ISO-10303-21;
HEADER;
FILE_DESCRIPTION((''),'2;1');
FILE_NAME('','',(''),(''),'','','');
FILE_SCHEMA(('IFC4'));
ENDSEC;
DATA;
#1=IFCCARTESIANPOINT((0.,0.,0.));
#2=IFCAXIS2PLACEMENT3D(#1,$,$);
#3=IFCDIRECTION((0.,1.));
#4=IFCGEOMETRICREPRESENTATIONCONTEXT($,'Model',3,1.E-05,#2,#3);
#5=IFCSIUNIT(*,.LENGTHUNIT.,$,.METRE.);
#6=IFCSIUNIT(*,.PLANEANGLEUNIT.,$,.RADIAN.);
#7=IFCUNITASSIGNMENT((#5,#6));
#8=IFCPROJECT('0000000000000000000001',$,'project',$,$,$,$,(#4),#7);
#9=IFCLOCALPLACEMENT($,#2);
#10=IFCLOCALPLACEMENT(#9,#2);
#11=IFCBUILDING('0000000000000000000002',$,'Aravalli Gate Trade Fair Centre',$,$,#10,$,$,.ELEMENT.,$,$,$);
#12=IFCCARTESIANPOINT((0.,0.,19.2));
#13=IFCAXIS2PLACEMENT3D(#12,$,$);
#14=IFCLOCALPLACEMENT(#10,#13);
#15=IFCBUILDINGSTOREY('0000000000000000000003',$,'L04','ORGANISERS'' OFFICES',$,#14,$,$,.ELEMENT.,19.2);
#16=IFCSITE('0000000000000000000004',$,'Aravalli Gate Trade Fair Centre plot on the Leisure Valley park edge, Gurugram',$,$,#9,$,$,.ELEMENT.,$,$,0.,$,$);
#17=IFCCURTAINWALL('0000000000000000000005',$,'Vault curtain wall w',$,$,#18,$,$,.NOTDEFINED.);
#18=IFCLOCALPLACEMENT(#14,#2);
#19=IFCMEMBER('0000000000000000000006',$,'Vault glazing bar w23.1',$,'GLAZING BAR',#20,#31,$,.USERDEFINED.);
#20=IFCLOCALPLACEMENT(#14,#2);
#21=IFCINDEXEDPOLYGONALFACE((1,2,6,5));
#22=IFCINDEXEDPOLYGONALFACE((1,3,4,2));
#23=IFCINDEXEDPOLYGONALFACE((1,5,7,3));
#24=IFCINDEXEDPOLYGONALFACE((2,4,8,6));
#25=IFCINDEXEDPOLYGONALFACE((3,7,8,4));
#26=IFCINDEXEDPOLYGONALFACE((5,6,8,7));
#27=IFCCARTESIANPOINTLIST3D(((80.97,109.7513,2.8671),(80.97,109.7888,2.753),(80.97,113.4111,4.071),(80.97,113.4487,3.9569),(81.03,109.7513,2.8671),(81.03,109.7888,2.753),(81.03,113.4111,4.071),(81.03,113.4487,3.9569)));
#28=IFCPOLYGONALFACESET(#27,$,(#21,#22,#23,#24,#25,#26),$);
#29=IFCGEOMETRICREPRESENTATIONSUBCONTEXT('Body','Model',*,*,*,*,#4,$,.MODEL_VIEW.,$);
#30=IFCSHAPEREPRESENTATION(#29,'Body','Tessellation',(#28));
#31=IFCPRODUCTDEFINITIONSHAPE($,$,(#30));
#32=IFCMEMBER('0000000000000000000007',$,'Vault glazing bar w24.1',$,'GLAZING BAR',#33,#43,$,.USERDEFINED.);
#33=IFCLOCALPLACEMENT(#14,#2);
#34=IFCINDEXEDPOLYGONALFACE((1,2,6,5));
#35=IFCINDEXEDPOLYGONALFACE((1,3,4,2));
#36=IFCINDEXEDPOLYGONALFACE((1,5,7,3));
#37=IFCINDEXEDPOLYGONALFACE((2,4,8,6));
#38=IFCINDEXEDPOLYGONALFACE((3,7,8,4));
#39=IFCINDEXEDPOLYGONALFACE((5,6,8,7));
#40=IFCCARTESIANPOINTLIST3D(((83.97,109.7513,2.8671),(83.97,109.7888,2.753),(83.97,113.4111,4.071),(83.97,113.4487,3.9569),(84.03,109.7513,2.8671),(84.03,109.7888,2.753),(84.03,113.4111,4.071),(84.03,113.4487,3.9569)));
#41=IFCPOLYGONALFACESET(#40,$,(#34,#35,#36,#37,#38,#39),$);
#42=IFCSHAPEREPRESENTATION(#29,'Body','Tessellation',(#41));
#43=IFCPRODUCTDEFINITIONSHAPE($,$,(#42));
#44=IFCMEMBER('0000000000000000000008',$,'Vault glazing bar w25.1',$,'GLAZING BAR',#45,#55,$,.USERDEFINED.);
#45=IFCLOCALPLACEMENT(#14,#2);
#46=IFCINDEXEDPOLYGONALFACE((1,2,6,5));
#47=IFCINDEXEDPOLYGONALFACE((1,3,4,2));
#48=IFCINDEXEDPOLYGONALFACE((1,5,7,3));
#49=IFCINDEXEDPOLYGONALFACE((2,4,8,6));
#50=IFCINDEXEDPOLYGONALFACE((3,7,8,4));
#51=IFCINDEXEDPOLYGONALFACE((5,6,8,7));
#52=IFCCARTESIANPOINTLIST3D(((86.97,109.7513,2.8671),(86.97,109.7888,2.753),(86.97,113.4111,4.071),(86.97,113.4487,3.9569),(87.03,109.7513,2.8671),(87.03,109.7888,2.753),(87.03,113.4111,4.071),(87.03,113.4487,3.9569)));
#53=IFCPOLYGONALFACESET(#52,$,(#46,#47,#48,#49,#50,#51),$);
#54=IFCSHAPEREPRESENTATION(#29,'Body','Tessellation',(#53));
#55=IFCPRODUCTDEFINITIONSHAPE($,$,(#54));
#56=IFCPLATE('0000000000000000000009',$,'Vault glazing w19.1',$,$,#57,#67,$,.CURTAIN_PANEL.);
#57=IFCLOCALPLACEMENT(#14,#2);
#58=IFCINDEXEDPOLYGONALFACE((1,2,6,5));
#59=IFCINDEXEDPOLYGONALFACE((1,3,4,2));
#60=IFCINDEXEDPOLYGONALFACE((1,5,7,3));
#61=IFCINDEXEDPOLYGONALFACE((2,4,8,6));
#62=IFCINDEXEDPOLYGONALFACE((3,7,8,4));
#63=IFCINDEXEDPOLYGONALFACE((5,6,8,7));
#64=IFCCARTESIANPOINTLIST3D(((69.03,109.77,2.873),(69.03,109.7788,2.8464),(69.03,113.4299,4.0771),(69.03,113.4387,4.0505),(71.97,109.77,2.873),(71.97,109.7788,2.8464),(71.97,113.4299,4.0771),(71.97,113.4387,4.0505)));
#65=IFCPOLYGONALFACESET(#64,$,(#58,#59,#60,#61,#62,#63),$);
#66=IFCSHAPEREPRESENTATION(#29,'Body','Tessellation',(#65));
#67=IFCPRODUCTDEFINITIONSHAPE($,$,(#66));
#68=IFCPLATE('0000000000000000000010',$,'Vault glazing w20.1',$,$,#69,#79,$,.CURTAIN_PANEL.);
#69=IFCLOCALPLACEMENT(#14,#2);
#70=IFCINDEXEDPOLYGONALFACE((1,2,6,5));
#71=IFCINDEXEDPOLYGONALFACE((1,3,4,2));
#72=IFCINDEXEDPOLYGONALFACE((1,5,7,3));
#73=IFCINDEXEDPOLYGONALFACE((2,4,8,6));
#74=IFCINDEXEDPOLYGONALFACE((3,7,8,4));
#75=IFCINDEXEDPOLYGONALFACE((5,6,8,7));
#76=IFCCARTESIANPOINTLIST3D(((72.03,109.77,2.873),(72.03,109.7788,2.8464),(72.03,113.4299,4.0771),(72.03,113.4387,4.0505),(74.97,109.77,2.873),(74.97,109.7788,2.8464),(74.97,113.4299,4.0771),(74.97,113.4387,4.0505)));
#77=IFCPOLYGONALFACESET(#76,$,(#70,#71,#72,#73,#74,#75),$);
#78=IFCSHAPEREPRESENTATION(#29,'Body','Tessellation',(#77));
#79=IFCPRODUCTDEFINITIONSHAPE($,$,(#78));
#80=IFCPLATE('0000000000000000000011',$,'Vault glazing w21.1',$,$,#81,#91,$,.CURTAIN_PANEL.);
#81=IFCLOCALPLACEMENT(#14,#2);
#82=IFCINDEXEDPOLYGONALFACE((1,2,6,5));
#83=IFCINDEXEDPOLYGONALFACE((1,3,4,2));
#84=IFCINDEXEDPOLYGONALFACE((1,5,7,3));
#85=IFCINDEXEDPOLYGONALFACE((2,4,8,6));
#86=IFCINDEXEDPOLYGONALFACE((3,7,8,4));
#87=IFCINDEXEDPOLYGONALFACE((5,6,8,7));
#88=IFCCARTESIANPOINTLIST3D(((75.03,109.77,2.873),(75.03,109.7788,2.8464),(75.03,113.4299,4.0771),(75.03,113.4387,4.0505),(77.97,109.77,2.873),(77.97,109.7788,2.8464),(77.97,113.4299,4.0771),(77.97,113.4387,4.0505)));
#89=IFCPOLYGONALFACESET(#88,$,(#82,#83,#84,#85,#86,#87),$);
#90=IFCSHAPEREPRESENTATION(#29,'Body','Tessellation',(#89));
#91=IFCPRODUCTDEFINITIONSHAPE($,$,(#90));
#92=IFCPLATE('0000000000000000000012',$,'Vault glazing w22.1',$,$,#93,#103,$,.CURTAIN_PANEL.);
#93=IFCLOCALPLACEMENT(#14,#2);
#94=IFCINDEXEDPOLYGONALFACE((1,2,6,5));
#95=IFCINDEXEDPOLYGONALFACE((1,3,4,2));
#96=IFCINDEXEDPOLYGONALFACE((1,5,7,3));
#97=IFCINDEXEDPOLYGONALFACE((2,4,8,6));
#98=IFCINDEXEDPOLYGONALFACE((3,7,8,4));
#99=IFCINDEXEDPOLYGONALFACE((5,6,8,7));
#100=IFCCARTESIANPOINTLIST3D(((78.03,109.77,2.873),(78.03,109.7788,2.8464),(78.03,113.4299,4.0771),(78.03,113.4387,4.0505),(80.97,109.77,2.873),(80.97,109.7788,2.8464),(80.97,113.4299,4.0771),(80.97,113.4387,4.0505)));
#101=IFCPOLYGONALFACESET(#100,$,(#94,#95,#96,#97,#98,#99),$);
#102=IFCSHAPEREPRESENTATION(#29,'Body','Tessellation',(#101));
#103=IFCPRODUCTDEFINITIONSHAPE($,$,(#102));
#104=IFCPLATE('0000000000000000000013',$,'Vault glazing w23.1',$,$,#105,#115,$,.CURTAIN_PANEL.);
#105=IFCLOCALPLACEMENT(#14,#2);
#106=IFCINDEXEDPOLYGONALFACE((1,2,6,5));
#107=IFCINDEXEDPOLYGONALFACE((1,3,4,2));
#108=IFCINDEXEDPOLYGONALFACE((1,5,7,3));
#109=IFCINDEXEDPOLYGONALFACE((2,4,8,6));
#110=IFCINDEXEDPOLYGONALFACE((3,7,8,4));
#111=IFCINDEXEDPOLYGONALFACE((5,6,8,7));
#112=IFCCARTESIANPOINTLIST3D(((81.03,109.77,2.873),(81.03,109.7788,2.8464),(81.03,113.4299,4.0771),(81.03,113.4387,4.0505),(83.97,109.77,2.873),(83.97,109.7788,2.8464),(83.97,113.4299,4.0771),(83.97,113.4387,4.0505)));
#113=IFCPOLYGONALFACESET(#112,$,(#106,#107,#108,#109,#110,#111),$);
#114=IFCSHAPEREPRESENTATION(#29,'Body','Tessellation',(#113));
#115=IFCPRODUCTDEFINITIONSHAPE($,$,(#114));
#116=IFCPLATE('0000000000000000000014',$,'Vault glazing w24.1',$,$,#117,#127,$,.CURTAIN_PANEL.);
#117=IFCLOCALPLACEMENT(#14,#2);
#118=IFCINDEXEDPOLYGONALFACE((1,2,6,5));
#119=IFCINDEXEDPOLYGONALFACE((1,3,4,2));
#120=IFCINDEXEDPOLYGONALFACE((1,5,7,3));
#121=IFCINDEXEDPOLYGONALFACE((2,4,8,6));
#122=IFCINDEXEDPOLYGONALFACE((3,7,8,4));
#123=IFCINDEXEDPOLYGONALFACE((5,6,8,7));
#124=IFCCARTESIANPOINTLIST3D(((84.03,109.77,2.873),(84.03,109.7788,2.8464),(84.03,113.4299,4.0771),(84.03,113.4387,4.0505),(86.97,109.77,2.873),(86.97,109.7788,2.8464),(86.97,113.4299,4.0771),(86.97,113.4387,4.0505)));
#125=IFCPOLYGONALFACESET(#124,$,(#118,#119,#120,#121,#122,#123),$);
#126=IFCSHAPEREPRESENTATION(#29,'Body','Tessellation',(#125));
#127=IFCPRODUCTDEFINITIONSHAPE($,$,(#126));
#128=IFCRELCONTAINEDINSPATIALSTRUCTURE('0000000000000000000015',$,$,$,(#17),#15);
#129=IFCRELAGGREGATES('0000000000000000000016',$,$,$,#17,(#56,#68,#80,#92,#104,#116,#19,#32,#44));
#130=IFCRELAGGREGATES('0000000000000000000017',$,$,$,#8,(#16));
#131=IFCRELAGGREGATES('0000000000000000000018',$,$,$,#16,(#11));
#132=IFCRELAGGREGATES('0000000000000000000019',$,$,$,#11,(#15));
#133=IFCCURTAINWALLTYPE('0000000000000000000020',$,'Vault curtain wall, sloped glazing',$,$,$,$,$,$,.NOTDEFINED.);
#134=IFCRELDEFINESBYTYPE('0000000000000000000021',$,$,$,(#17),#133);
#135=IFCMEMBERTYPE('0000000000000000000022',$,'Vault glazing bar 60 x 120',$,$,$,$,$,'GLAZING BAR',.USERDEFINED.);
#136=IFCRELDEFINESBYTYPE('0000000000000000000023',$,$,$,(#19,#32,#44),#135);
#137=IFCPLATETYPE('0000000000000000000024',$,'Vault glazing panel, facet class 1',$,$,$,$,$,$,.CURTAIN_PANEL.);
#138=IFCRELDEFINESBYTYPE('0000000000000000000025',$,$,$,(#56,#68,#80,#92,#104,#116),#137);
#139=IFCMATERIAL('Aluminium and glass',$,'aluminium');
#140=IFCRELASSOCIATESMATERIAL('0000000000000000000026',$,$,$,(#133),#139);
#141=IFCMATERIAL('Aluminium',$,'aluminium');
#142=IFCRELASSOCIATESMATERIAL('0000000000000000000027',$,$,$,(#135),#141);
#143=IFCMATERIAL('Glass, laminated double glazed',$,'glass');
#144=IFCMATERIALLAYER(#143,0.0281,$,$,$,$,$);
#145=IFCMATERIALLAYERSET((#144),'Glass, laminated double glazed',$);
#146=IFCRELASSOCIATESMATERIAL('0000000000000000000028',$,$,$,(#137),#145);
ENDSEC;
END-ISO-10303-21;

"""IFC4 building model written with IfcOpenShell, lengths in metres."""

from ifc_helpers import new_model, si_unit, direction, frame, origin, origin_2d, place, context, subcontext, project, spatial, polyline, rectangle, outline, extrude, material, layer, layer_set, material_profile, profile_set, type_object, element, aggregate, save


model = new_model("IFC4")

# Units and contexts
model_context = context("Model", 3, precision=1e-05, world=origin(), true_north=direction((0.0, 1.0)))
body_context = subcontext(model_context, "Body", "Model", "MODEL_VIEW")
ifc_project = project(units=[si_unit("LENGTHUNIT", "METRE"), si_unit("PLANEANGLEUNIT", "RADIAN")], contexts=[model_context])

# Site, building, storey
site_placement = place(None, origin())
site = spatial("IfcSite", under=ifc_project, at=site_placement, Name="Aravalli Gate Trade Fair Centre plot on the Leisure Valley park edge, Gurugram", CompositionType="ELEMENT", RefElevation=0.0)
building_placement = place(site_placement, origin())
building = spatial("IfcBuilding", under=site, at=building_placement, Name="Aravalli Gate Trade Fair Centre", CompositionType="ELEMENT")
storey_placement = place(building_placement, frame((0.0, 0.0, 19.2)))
storey = spatial("IfcBuildingStorey", under=building, at=storey_placement, Name="L04", Description="ORGANISERS' OFFICES", CompositionType="ELEMENT", Elevation=19.2)

# Shared definitions
ifc_material_1 = material(Name="Aluminium", Category="aluminium")

# Curtain wall, members, plates
ifc_material_2 = material(Name="Aluminium and glass", Category="aluminium")
curtain_wall_type = type_object("IfcCurtainWallType", Name="Vault curtain wall, sloped glazing", PredefinedType="NOTDEFINED", material=ifc_material_2)
curtain_wall_placement = place(storey_placement, origin())
curtain_wall = element("IfcCurtainWall", 1, at=curtain_wall_placement, inside=storey, type_object=curtain_wall_type, Name="Vault curtain wall w", PredefinedType="NOTDEFINED")
ifc_material_profile_1 = material_profile(ifc_material_1, rectangle(XDim=0.0601, YDim=0.1201, at=origin_2d()), Name="Vault glazing bar 60 x 120")
ifc_profile_set_1 = profile_set([ifc_material_profile_1], Name="Aluminium")
member_type_1 = type_object("IfcMemberType", Name="Vault glazing bar 60 x 120", ElementType="GLAZING BAR", PredefinedType="USERDEFINED", material=ifc_profile_set_1)
member_1_placement = place(storey_placement, frame((81.0, 109.77, 2.8101), z_axis=(0.0, 0.94993, 0.312461), x_axis=(-1.0, 0.0, 0.0)))
member_1 = element("IfcMember", 2, at=member_1_placement, type_object=member_type_1, Name="Vault glazing bar w23.1", ObjectType="GLAZING BAR", PredefinedType="USERDEFINED", context=body_context, shape_type="SweptSolid", body=[
    extrude(rectangle(XDim=0.0601, YDim=0.1201, at=origin_2d()), origin(), (0.0, 0.0, 1.0), 3.8528),
])
member_2_placement = place(storey_placement, frame((84.0, 109.77, 2.8101), z_axis=(0.0, 0.94993, 0.312461), x_axis=(-1.0, 0.0, 0.0)))
member_2 = element("IfcMember", 3, at=member_2_placement, type_object=member_type_1, Name="Vault glazing bar w24.1", ObjectType="GLAZING BAR", PredefinedType="USERDEFINED", context=body_context, shape_type="SweptSolid", body=[
    extrude(rectangle(XDim=0.0601, YDim=0.1201, at=origin_2d()), origin(), (0.0, 0.0, 1.0), 3.8528),
])
member_3_placement = place(storey_placement, frame((87.0, 109.77, 2.8101), z_axis=(0.0, 0.94993, 0.312461), x_axis=(-1.0, 0.0, 0.0)))
member_3 = element("IfcMember", 4, at=member_3_placement, type_object=member_type_1, Name="Vault glazing bar w25.1", ObjectType="GLAZING BAR", PredefinedType="USERDEFINED", context=body_context, shape_type="SweptSolid", body=[
    extrude(rectangle(XDim=0.0601, YDim=0.1201, at=origin_2d()), origin(), (0.0, 0.0, 1.0), 3.8528),
])
ifc_material_3 = material(Name="Glass, laminated double glazed", Category="glass")
ifc_layer = layer(ifc_material_3, 0.0281)
ifc_layer_set = layer_set([ifc_layer], Name="Glass, laminated double glazed")
plate_type = type_object("IfcPlateType", Name="Vault glazing panel, facet class 1", PredefinedType="CURTAIN_PANEL", material=ifc_layer_set)
plate_1_placement = place(storey_placement, frame((69.03, 109.77, 2.873), z_axis=(0.0, -0.312518, 0.949912), x_axis=(1.0, 0.0, 0.0)))
plate_1 = element("IfcPlate", 5, at=plate_1_placement, type_object=plate_type, Name="Vault glazing w19.1", PredefinedType="CURTAIN_PANEL", context=body_context, shape_type="SweptSolid", body=[
    extrude(outline(polyline([(0.0, 0.0), (2.9399, 0.0), (2.9399, 3.8529), (0.0, 3.8529), (0.0, 0.0)])), origin(), (0.0, 0.0, -1.0), 0.0281),
])
plate_2_placement = place(storey_placement, frame((72.03, 109.77, 2.873), z_axis=(0.0, -0.312518, 0.949912), x_axis=(1.0, 0.0, 0.0)))
plate_2 = element("IfcPlate", 6, at=plate_2_placement, type_object=plate_type, Name="Vault glazing w20.1", PredefinedType="CURTAIN_PANEL", context=body_context, shape_type="SweptSolid", body=[
    extrude(outline(polyline([(0.0, 0.0), (2.9399, 0.0), (2.9399, 3.8529), (0.0, 3.8529), (0.0, 0.0)])), origin(), (0.0, 0.0, -1.0), 0.0281),
])
plate_3_placement = place(storey_placement, frame((75.03, 109.77, 2.873), z_axis=(0.0, -0.312518, 0.949912), x_axis=(1.0, 0.0, 0.0)))
plate_3 = element("IfcPlate", 7, at=plate_3_placement, type_object=plate_type, Name="Vault glazing w21.1", PredefinedType="CURTAIN_PANEL", context=body_context, shape_type="SweptSolid", body=[
    extrude(outline(polyline([(0.0, 0.0), (2.9399, 0.0), (2.9399, 3.8529), (0.0, 3.8529), (0.0, 0.0)])), origin(), (0.0, 0.0, -1.0), 0.0281),
])
plate_4_placement = place(storey_placement, frame((78.03, 109.77, 2.873), z_axis=(0.0, -0.312518, 0.949912), x_axis=(1.0, 0.0, 0.0)))
plate_4 = element("IfcPlate", 8, at=plate_4_placement, type_object=plate_type, Name="Vault glazing w22.1", PredefinedType="CURTAIN_PANEL", context=body_context, shape_type="SweptSolid", body=[
    extrude(outline(polyline([(0.0, 0.0), (2.9399, 0.0), (2.9399, 3.8529), (0.0, 3.8529), (0.0, 0.0)])), origin(), (0.0, 0.0, -1.0), 0.0281),
])
plate_5_placement = place(storey_placement, frame((81.03, 109.77, 2.873), z_axis=(0.0, -0.312518, 0.949912), x_axis=(1.0, 0.0, 0.0)))
plate_5 = element("IfcPlate", 9, at=plate_5_placement, type_object=plate_type, Name="Vault glazing w23.1", PredefinedType="CURTAIN_PANEL", context=body_context, shape_type="SweptSolid", body=[
    extrude(outline(polyline([(0.0, 0.0), (2.9399, 0.0), (2.9399, 3.8529), (0.0, 3.8529), (0.0, 0.0)])), origin(), (0.0, 0.0, -1.0), 0.0281),
])
plate_6_placement = place(storey_placement, frame((84.03, 109.77, 2.873), z_axis=(0.0, -0.312518, 0.949912), x_axis=(1.0, 0.0, 0.0)))
plate_6 = element("IfcPlate", 10, at=plate_6_placement, type_object=plate_type, Name="Vault glazing w24.1", PredefinedType="CURTAIN_PANEL", context=body_context, shape_type="SweptSolid", body=[
    extrude(outline(polyline([(0.0, 0.0), (2.9399, 0.0), (2.9399, 3.8529), (0.0, 3.8529), (0.0, 0.0)])), origin(), (0.0, 0.0, -1.0), 0.0281),
])
aggregate(curtain_wall, [plate_1, plate_2, plate_3, plate_4, plate_5, plate_6, member_1, member_2, member_3])

save(model, "model.ifc")
